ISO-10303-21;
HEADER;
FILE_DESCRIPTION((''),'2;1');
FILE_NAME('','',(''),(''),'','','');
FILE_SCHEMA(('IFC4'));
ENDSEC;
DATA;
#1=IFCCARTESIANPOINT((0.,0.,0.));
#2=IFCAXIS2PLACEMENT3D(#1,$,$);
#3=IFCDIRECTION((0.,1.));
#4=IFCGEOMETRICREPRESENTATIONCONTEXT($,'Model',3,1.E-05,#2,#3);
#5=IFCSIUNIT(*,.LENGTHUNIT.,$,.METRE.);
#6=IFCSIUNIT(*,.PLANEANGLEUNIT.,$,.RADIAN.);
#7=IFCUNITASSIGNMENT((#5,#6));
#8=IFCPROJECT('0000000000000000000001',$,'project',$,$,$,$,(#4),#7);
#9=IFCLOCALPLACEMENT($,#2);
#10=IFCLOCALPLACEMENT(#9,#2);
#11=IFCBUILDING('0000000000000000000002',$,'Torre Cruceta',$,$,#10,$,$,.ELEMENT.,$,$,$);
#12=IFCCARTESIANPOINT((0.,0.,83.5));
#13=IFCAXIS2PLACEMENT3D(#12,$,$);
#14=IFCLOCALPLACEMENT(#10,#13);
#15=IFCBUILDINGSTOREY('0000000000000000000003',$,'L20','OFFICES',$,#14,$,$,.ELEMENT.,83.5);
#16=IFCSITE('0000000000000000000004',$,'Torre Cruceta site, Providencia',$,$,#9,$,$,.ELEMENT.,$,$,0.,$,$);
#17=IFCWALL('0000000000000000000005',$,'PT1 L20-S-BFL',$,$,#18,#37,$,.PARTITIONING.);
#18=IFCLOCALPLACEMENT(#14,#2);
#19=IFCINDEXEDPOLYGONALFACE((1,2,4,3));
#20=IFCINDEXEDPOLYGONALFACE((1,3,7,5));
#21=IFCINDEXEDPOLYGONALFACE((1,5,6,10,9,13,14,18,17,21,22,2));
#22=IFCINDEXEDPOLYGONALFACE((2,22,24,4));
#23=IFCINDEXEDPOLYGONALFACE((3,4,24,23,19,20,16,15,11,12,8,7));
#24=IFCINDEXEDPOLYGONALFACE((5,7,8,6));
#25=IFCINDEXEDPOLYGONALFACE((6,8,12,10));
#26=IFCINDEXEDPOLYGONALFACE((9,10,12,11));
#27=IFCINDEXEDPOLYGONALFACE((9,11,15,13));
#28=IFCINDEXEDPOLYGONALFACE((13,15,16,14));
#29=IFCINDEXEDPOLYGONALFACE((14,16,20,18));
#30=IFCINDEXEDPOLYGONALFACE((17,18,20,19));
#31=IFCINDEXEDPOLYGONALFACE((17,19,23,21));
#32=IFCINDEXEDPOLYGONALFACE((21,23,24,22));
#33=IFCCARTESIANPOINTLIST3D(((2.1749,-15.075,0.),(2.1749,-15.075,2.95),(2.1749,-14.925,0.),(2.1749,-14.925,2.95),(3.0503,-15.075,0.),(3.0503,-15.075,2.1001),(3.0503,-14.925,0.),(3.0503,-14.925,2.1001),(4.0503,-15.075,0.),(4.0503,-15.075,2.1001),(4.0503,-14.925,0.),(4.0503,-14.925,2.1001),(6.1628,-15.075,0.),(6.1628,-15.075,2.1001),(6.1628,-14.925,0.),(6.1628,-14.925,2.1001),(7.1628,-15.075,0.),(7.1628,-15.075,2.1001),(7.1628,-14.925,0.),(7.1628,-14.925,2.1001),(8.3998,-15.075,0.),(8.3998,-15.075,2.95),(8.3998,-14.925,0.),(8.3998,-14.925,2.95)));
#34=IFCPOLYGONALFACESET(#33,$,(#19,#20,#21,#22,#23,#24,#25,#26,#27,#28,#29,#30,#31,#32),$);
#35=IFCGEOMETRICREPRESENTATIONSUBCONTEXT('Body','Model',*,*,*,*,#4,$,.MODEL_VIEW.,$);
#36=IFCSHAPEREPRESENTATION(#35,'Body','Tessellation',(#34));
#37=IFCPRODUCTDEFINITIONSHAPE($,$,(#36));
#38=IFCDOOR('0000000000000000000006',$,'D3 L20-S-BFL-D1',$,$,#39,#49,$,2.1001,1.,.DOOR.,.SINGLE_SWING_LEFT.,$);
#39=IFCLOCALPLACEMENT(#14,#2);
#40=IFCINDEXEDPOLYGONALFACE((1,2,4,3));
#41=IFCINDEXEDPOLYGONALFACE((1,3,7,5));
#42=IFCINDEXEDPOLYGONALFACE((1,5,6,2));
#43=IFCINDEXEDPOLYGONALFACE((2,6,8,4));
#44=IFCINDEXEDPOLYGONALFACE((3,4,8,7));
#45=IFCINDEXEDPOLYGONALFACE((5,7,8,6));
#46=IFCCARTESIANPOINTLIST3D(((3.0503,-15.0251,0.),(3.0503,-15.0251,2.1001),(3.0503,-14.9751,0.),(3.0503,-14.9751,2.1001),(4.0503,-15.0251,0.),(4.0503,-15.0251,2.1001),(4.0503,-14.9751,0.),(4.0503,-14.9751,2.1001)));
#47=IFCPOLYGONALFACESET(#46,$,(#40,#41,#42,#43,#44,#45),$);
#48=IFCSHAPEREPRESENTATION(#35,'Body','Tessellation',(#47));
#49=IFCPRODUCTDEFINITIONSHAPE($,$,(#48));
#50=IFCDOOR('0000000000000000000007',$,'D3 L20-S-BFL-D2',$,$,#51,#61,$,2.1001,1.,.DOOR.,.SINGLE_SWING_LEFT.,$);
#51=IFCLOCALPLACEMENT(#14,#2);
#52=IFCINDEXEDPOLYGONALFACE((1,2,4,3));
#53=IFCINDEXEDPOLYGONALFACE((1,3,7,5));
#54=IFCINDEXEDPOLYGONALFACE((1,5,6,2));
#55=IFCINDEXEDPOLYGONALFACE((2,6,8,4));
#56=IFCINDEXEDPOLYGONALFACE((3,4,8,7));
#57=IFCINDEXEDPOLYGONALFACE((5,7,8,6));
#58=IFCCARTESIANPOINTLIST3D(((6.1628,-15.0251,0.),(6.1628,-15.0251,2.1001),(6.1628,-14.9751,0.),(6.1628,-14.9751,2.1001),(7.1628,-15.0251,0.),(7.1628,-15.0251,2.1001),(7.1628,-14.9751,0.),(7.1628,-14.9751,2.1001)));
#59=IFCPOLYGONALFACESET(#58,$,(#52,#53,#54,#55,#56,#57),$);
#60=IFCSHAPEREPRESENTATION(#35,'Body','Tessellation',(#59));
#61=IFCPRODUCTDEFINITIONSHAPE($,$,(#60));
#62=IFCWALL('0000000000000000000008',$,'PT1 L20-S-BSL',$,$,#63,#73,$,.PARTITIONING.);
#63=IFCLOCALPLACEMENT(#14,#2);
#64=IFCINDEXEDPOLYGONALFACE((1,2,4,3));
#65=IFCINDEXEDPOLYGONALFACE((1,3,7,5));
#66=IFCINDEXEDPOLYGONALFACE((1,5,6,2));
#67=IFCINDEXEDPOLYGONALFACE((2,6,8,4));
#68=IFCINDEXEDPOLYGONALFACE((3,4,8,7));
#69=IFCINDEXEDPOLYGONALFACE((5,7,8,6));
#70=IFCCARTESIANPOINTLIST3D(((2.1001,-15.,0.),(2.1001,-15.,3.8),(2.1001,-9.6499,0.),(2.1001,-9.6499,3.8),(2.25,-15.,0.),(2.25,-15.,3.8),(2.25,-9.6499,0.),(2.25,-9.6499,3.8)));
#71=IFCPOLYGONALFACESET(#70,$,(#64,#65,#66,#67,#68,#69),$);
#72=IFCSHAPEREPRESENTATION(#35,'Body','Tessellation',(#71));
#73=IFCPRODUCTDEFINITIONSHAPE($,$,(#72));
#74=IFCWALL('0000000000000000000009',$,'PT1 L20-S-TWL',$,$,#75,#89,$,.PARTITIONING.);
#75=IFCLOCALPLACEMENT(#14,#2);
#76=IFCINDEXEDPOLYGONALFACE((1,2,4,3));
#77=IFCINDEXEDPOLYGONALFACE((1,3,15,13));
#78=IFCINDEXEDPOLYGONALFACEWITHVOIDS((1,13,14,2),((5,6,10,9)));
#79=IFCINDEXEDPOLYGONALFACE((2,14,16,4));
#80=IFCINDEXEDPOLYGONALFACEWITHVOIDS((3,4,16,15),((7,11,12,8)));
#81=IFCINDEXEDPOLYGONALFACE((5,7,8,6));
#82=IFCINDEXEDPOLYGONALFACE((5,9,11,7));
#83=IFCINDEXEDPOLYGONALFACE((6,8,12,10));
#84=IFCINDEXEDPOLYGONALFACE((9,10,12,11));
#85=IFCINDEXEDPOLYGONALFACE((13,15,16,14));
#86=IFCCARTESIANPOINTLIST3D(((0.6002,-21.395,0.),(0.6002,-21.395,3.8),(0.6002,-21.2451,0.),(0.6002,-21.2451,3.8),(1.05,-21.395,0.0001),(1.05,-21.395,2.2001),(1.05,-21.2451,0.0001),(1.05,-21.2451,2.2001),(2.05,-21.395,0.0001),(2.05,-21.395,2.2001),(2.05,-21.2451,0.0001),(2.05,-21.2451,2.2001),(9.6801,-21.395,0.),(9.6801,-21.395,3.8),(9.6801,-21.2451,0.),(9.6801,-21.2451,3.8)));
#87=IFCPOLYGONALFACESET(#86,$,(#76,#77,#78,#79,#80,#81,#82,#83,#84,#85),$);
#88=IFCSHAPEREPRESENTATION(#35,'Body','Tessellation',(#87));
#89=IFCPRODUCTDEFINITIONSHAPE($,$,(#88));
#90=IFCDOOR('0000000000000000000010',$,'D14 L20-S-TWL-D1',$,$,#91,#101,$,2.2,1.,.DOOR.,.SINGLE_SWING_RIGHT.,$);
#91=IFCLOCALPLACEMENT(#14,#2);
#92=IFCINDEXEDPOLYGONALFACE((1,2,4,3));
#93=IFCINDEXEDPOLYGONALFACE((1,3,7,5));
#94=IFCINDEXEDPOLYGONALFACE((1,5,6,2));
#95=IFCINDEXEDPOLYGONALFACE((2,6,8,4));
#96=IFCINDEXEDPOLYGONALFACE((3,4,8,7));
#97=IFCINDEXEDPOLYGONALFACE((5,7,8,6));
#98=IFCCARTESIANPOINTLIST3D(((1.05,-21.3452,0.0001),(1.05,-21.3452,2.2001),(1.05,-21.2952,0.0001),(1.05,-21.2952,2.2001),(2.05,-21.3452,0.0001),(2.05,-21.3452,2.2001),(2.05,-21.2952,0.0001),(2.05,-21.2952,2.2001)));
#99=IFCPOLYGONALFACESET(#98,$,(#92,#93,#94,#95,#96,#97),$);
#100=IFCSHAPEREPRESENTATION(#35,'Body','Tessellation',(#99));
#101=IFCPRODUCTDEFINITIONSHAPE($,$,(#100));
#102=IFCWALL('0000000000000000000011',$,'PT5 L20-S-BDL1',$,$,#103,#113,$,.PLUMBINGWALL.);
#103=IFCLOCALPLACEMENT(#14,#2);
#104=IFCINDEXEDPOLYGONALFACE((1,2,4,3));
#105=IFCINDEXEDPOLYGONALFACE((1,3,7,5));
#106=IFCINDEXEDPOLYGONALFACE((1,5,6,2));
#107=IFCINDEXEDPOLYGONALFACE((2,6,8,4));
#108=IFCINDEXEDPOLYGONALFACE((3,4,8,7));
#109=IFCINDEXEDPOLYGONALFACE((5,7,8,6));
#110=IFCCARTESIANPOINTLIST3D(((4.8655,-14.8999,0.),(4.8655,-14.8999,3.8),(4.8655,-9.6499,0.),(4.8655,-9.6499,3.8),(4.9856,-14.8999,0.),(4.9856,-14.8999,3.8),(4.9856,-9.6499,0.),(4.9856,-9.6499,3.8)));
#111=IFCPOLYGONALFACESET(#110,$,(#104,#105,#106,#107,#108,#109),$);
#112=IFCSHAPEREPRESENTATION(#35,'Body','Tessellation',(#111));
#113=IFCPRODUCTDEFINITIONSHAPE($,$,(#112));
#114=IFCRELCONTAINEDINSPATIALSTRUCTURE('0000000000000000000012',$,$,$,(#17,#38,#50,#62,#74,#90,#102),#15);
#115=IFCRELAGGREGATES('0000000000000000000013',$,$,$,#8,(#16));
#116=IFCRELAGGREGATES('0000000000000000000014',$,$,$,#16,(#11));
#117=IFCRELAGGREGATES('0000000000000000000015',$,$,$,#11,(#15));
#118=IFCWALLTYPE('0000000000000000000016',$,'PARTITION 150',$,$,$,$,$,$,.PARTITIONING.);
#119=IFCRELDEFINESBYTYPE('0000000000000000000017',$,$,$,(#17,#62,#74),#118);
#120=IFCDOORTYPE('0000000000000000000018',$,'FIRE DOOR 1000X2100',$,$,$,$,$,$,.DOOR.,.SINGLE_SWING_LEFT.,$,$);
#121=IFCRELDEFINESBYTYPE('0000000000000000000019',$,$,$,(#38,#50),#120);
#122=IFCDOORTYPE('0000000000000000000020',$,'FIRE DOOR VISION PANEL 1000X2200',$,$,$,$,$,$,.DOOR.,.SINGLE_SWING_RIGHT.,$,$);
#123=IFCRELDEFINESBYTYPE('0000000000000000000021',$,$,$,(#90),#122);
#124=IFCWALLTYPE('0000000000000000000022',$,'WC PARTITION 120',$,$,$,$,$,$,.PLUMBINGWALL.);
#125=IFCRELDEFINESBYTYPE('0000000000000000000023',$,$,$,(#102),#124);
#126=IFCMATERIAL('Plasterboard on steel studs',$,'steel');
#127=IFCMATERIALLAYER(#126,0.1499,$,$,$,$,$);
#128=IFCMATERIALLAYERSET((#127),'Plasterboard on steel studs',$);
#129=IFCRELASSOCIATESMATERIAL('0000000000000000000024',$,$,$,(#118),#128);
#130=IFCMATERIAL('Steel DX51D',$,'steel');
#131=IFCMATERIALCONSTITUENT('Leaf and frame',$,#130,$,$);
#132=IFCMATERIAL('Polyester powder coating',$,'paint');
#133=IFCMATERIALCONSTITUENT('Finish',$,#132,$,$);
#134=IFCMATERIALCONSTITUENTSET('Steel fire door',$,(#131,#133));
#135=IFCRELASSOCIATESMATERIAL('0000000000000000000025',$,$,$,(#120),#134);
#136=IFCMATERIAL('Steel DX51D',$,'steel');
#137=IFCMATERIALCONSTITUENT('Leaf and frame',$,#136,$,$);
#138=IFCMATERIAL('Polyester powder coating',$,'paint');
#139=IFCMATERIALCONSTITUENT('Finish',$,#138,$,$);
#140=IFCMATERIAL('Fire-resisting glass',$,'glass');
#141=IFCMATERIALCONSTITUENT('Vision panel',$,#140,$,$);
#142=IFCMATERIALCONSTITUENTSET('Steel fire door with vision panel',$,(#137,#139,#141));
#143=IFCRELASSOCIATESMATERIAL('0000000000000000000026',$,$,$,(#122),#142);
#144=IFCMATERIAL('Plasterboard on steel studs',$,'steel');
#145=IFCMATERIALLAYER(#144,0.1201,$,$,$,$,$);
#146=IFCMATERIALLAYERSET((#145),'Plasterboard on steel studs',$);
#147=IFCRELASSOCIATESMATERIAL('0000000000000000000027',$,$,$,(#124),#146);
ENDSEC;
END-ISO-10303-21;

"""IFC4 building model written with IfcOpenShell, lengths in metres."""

from ifc_helpers import new_model, si_unit, direction, frame, frame_2d, origin, place, context, subcontext, project, spatial, rectangle, extrude, material, layer, layer_set, constituent, constituent_set, type_object, element, fill, save


model = new_model("IFC4")

# Units and contexts
model_context = context("Model", 3, precision=1e-05, world=origin(), true_north=direction((0.0, 1.0)))
body_context = subcontext(model_context, "Body", "Model", "MODEL_VIEW")
ifc_project = project(units=[si_unit("LENGTHUNIT", "METRE"), si_unit("PLANEANGLEUNIT", "RADIAN")], contexts=[model_context])

# Site, building, storey
site_placement = place(None, origin())
site = spatial("IfcSite", under=ifc_project, at=site_placement, Name="Torre Cruceta site, Providencia", CompositionType="ELEMENT", RefElevation=0.0)
building_placement = place(site_placement, origin())
building = spatial("IfcBuilding", under=site, at=building_placement, Name="Torre Cruceta", CompositionType="ELEMENT")
storey_placement = place(building_placement, frame((0.0, 0.0, 83.5)))
storey = spatial("IfcBuildingStorey", under=building, at=storey_placement, Name="L20", Description="OFFICES", CompositionType="ELEMENT", Elevation=83.5)

# Wall, openings, doors
ifc_material_1 = material(Name="Plasterboard on steel studs", Category="steel")
ifc_layer_1 = layer(ifc_material_1, 0.1499)
ifc_layer_set_1 = layer_set([ifc_layer_1], Name="Plasterboard on steel studs")
wall_type_1 = type_object("IfcWallType", Name="PARTITION 150", PredefinedType="PARTITIONING", material=ifc_layer_set_1)
wall_1_placement = place(storey_placement, frame((2.175, -15.0, 0.0), z_axis=(0.0, 0.0, 1.0), x_axis=(1.0, 0.0, 0.0)))
wall_1 = element("IfcWall", 1, at=wall_1_placement, inside=storey, type_object=wall_type_1, Name="PT1 L20-S-BFL", PredefinedType="PARTITIONING", context=body_context, shape_type="SweptSolid", body=[
    extrude(rectangle(XDim=6.2249, YDim=0.1499, at=frame_2d((3.1123, 0.0))), origin(), (0.0, 0.0, 1.0), 2.95),
])
opening_1_placement = place(wall_1_placement, frame((0.8752, 0.0, 0.0)))
opening_1 = element("IfcOpeningElement", 2, at=opening_1_placement, cuts=wall_1, PredefinedType="OPENING", context=body_context, shape_type="SweptSolid", body=[
    extrude(rectangle(XDim=1.0, YDim=2.1001, at=frame_2d((0.5, 1.05))), frame((0.0, 0.085, 0.0), z_axis=(0.0, -1.0, 0.0), x_axis=(1.0, 0.0, 0.0)), (0.0, 0.0, 1.0), 0.1699),
])
opening_2_placement = place(wall_1_placement, frame((3.9878, 0.0, 0.0)))
opening_2 = element("IfcOpeningElement", 3, at=opening_2_placement, cuts=wall_1, PredefinedType="OPENING", context=body_context, shape_type="SweptSolid", body=[
    extrude(rectangle(XDim=1.0, YDim=2.1001, at=frame_2d((0.5, 1.05))), frame((0.0, 0.085, 0.0), z_axis=(0.0, -1.0, 0.0), x_axis=(1.0, 0.0, 0.0)), (0.0, 0.0, 1.0), 0.1699),
])
ifc_material_2 = material(Name="Steel DX51D", Category="steel")
ifc_constituent_1 = constituent(ifc_material_2, Name="Leaf and frame")
ifc_material_3 = material(Name="Polyester powder coating", Category="paint")
ifc_constituent_2 = constituent(ifc_material_3, Name="Finish")
ifc_constituent_set_1 = constituent_set(constituents=[ifc_constituent_1, ifc_constituent_2], Name="Steel fire door")
door_type_1 = type_object("IfcDoorType", Name="FIRE DOOR 1000X2100", OperationType="SINGLE_SWING_LEFT", PredefinedType="DOOR", material=ifc_constituent_set_1)
door_1_placement = place(opening_1_placement, origin())
door_1 = element("IfcDoor", 4, at=door_1_placement, inside=storey, type_object=door_type_1, Name="D3 L20-S-BFL-D1", OperationType="SINGLE_SWING_LEFT", OverallHeight=2.1001, OverallWidth=1.0, PredefinedType="DOOR", context=body_context, shape_type="SweptSolid", body=[
    extrude(rectangle(XDim=1.0, YDim=2.1001, at=frame_2d((0.5, 1.05))), frame((0.0, 0.0249, 0.0), z_axis=(0.0, -1.0, 0.0), x_axis=(1.0, 0.0, 0.0)), (0.0, 0.0, 1.0), 0.05),
])
fill(opening_1, door_1)
door_2_placement = place(opening_2_placement, origin())
door_2 = element("IfcDoor", 5, at=door_2_placement, inside=storey, type_object=door_type_1, Name="D3 L20-S-BFL-D2", OperationType="SINGLE_SWING_LEFT", OverallHeight=2.1001, OverallWidth=1.0, PredefinedType="DOOR", context=body_context, shape_type="SweptSolid", body=[
    extrude(rectangle(XDim=1.0, YDim=2.1001, at=frame_2d((0.5, 1.05))), frame((0.0, 0.0249, 0.0), z_axis=(0.0, -1.0, 0.0), x_axis=(1.0, 0.0, 0.0)), (0.0, 0.0, 1.0), 0.05),
])
fill(opening_2, door_2)

# Wall
wall_2_placement = place(storey_placement, frame((2.175, -9.6499, 0.0), z_axis=(0.0, 0.0, 1.0), x_axis=(0.0, -1.0, 0.0)))
element("IfcWall", 6, at=wall_2_placement, inside=storey, type_object=wall_type_1, Name="PT1 L20-S-BSL", PredefinedType="PARTITIONING", context=body_context, shape_type="SweptSolid", body=[
    extrude(rectangle(XDim=5.3501, YDim=0.1499, at=frame_2d((2.675, 0.0))), origin(), (0.0, 0.0, 1.0), 3.8),
])

# Wall, opening, door
wall_3_placement = place(storey_placement, frame((0.6001, -21.3201, 0.0), z_axis=(0.0, 0.0, 1.0), x_axis=(1.0, 0.0, 0.0)))
wall_3 = element("IfcWall", 7, at=wall_3_placement, inside=storey, type_object=wall_type_1, Name="PT1 L20-S-TWL", PredefinedType="PARTITIONING", context=body_context, shape_type="SweptSolid", body=[
    extrude(rectangle(XDim=9.0798, YDim=0.1499, at=frame_2d((4.54, 0.0))), origin(), (0.0, 0.0, 1.0), 3.8),
])
opening_3_placement = place(wall_3_placement, frame((0.45, 0.0, 0.0)))
opening_3 = element("IfcOpeningElement", 8, at=opening_3_placement, cuts=wall_3, PredefinedType="OPENING", context=body_context, shape_type="SweptSolid", body=[
    extrude(rectangle(XDim=1.0, YDim=2.2, at=frame_2d((0.5, 1.1001))), frame((0.0, 0.085, 0.0), z_axis=(0.0, -1.0, 0.0), x_axis=(1.0, 0.0, 0.0)), (0.0, 0.0, 1.0), 0.1699),
])
ifc_material_4 = material(Name="Steel DX51D", Category="steel")
ifc_constituent_3 = constituent(ifc_material_4, Name="Leaf and frame")
ifc_material_5 = material(Name="Polyester powder coating", Category="paint")
ifc_constituent_4 = constituent(ifc_material_5, Name="Finish")
ifc_material_6 = material(Name="Fire-resisting glass", Category="glass")
ifc_constituent_5 = constituent(ifc_material_6, Name="Vision panel")
ifc_constituent_set_2 = constituent_set(constituents=[ifc_constituent_3, ifc_constituent_4, ifc_constituent_5], Name="Steel fire door with vision panel")
door_type_2 = type_object("IfcDoorType", Name="FIRE DOOR VISION PANEL 1000X2200", OperationType="SINGLE_SWING_RIGHT", PredefinedType="DOOR", material=ifc_constituent_set_2)
door_3_placement = place(opening_3_placement, frame((1.0, 0.0, 0.0), z_axis=(0.0, 0.0, 1.0), x_axis=(-1.0, 0.0, 0.0)))
door_3 = element("IfcDoor", 9, at=door_3_placement, inside=storey, type_object=door_type_2, Name="D14 L20-S-TWL-D1", OperationType="SINGLE_SWING_RIGHT", OverallHeight=2.2, OverallWidth=1.0, PredefinedType="DOOR", context=body_context, shape_type="SweptSolid", body=[
    extrude(rectangle(XDim=1.0, YDim=2.2, at=frame_2d((0.5, 1.1001))), frame((0.0, 0.0251, 0.0), z_axis=(0.0, -1.0, 0.0), x_axis=(1.0, 0.0, 0.0)), (0.0, 0.0, 1.0), 0.05),
])
fill(opening_3, door_3)

# Wall
ifc_material_7 = material(Name="Plasterboard on steel studs", Category="steel")
ifc_layer_2 = layer(ifc_material_7, 0.1201)
ifc_layer_set_2 = layer_set([ifc_layer_2], Name="Plasterboard on steel studs")
wall_type_2 = type_object("IfcWallType", Name="WC PARTITION 120", PredefinedType="PLUMBINGWALL", material=ifc_layer_set_2)
wall_4_placement = place(storey_placement, frame((4.9255, -9.6499, 0.0), z_axis=(0.0, 0.0, 1.0), x_axis=(0.0, -1.0, 0.0)))
element("IfcWall", 10, at=wall_4_placement, inside=storey, type_object=wall_type_2, Name="PT5 L20-S-BDL1", PredefinedType="PLUMBINGWALL", context=body_context, shape_type="SweptSolid", body=[
    extrude(rectangle(XDim=5.25, YDim=0.1201, at=frame_2d((2.625, 0.0))), origin(), (0.0, 0.0, 1.0), 3.8),
])

save(model, "model.ifc")
